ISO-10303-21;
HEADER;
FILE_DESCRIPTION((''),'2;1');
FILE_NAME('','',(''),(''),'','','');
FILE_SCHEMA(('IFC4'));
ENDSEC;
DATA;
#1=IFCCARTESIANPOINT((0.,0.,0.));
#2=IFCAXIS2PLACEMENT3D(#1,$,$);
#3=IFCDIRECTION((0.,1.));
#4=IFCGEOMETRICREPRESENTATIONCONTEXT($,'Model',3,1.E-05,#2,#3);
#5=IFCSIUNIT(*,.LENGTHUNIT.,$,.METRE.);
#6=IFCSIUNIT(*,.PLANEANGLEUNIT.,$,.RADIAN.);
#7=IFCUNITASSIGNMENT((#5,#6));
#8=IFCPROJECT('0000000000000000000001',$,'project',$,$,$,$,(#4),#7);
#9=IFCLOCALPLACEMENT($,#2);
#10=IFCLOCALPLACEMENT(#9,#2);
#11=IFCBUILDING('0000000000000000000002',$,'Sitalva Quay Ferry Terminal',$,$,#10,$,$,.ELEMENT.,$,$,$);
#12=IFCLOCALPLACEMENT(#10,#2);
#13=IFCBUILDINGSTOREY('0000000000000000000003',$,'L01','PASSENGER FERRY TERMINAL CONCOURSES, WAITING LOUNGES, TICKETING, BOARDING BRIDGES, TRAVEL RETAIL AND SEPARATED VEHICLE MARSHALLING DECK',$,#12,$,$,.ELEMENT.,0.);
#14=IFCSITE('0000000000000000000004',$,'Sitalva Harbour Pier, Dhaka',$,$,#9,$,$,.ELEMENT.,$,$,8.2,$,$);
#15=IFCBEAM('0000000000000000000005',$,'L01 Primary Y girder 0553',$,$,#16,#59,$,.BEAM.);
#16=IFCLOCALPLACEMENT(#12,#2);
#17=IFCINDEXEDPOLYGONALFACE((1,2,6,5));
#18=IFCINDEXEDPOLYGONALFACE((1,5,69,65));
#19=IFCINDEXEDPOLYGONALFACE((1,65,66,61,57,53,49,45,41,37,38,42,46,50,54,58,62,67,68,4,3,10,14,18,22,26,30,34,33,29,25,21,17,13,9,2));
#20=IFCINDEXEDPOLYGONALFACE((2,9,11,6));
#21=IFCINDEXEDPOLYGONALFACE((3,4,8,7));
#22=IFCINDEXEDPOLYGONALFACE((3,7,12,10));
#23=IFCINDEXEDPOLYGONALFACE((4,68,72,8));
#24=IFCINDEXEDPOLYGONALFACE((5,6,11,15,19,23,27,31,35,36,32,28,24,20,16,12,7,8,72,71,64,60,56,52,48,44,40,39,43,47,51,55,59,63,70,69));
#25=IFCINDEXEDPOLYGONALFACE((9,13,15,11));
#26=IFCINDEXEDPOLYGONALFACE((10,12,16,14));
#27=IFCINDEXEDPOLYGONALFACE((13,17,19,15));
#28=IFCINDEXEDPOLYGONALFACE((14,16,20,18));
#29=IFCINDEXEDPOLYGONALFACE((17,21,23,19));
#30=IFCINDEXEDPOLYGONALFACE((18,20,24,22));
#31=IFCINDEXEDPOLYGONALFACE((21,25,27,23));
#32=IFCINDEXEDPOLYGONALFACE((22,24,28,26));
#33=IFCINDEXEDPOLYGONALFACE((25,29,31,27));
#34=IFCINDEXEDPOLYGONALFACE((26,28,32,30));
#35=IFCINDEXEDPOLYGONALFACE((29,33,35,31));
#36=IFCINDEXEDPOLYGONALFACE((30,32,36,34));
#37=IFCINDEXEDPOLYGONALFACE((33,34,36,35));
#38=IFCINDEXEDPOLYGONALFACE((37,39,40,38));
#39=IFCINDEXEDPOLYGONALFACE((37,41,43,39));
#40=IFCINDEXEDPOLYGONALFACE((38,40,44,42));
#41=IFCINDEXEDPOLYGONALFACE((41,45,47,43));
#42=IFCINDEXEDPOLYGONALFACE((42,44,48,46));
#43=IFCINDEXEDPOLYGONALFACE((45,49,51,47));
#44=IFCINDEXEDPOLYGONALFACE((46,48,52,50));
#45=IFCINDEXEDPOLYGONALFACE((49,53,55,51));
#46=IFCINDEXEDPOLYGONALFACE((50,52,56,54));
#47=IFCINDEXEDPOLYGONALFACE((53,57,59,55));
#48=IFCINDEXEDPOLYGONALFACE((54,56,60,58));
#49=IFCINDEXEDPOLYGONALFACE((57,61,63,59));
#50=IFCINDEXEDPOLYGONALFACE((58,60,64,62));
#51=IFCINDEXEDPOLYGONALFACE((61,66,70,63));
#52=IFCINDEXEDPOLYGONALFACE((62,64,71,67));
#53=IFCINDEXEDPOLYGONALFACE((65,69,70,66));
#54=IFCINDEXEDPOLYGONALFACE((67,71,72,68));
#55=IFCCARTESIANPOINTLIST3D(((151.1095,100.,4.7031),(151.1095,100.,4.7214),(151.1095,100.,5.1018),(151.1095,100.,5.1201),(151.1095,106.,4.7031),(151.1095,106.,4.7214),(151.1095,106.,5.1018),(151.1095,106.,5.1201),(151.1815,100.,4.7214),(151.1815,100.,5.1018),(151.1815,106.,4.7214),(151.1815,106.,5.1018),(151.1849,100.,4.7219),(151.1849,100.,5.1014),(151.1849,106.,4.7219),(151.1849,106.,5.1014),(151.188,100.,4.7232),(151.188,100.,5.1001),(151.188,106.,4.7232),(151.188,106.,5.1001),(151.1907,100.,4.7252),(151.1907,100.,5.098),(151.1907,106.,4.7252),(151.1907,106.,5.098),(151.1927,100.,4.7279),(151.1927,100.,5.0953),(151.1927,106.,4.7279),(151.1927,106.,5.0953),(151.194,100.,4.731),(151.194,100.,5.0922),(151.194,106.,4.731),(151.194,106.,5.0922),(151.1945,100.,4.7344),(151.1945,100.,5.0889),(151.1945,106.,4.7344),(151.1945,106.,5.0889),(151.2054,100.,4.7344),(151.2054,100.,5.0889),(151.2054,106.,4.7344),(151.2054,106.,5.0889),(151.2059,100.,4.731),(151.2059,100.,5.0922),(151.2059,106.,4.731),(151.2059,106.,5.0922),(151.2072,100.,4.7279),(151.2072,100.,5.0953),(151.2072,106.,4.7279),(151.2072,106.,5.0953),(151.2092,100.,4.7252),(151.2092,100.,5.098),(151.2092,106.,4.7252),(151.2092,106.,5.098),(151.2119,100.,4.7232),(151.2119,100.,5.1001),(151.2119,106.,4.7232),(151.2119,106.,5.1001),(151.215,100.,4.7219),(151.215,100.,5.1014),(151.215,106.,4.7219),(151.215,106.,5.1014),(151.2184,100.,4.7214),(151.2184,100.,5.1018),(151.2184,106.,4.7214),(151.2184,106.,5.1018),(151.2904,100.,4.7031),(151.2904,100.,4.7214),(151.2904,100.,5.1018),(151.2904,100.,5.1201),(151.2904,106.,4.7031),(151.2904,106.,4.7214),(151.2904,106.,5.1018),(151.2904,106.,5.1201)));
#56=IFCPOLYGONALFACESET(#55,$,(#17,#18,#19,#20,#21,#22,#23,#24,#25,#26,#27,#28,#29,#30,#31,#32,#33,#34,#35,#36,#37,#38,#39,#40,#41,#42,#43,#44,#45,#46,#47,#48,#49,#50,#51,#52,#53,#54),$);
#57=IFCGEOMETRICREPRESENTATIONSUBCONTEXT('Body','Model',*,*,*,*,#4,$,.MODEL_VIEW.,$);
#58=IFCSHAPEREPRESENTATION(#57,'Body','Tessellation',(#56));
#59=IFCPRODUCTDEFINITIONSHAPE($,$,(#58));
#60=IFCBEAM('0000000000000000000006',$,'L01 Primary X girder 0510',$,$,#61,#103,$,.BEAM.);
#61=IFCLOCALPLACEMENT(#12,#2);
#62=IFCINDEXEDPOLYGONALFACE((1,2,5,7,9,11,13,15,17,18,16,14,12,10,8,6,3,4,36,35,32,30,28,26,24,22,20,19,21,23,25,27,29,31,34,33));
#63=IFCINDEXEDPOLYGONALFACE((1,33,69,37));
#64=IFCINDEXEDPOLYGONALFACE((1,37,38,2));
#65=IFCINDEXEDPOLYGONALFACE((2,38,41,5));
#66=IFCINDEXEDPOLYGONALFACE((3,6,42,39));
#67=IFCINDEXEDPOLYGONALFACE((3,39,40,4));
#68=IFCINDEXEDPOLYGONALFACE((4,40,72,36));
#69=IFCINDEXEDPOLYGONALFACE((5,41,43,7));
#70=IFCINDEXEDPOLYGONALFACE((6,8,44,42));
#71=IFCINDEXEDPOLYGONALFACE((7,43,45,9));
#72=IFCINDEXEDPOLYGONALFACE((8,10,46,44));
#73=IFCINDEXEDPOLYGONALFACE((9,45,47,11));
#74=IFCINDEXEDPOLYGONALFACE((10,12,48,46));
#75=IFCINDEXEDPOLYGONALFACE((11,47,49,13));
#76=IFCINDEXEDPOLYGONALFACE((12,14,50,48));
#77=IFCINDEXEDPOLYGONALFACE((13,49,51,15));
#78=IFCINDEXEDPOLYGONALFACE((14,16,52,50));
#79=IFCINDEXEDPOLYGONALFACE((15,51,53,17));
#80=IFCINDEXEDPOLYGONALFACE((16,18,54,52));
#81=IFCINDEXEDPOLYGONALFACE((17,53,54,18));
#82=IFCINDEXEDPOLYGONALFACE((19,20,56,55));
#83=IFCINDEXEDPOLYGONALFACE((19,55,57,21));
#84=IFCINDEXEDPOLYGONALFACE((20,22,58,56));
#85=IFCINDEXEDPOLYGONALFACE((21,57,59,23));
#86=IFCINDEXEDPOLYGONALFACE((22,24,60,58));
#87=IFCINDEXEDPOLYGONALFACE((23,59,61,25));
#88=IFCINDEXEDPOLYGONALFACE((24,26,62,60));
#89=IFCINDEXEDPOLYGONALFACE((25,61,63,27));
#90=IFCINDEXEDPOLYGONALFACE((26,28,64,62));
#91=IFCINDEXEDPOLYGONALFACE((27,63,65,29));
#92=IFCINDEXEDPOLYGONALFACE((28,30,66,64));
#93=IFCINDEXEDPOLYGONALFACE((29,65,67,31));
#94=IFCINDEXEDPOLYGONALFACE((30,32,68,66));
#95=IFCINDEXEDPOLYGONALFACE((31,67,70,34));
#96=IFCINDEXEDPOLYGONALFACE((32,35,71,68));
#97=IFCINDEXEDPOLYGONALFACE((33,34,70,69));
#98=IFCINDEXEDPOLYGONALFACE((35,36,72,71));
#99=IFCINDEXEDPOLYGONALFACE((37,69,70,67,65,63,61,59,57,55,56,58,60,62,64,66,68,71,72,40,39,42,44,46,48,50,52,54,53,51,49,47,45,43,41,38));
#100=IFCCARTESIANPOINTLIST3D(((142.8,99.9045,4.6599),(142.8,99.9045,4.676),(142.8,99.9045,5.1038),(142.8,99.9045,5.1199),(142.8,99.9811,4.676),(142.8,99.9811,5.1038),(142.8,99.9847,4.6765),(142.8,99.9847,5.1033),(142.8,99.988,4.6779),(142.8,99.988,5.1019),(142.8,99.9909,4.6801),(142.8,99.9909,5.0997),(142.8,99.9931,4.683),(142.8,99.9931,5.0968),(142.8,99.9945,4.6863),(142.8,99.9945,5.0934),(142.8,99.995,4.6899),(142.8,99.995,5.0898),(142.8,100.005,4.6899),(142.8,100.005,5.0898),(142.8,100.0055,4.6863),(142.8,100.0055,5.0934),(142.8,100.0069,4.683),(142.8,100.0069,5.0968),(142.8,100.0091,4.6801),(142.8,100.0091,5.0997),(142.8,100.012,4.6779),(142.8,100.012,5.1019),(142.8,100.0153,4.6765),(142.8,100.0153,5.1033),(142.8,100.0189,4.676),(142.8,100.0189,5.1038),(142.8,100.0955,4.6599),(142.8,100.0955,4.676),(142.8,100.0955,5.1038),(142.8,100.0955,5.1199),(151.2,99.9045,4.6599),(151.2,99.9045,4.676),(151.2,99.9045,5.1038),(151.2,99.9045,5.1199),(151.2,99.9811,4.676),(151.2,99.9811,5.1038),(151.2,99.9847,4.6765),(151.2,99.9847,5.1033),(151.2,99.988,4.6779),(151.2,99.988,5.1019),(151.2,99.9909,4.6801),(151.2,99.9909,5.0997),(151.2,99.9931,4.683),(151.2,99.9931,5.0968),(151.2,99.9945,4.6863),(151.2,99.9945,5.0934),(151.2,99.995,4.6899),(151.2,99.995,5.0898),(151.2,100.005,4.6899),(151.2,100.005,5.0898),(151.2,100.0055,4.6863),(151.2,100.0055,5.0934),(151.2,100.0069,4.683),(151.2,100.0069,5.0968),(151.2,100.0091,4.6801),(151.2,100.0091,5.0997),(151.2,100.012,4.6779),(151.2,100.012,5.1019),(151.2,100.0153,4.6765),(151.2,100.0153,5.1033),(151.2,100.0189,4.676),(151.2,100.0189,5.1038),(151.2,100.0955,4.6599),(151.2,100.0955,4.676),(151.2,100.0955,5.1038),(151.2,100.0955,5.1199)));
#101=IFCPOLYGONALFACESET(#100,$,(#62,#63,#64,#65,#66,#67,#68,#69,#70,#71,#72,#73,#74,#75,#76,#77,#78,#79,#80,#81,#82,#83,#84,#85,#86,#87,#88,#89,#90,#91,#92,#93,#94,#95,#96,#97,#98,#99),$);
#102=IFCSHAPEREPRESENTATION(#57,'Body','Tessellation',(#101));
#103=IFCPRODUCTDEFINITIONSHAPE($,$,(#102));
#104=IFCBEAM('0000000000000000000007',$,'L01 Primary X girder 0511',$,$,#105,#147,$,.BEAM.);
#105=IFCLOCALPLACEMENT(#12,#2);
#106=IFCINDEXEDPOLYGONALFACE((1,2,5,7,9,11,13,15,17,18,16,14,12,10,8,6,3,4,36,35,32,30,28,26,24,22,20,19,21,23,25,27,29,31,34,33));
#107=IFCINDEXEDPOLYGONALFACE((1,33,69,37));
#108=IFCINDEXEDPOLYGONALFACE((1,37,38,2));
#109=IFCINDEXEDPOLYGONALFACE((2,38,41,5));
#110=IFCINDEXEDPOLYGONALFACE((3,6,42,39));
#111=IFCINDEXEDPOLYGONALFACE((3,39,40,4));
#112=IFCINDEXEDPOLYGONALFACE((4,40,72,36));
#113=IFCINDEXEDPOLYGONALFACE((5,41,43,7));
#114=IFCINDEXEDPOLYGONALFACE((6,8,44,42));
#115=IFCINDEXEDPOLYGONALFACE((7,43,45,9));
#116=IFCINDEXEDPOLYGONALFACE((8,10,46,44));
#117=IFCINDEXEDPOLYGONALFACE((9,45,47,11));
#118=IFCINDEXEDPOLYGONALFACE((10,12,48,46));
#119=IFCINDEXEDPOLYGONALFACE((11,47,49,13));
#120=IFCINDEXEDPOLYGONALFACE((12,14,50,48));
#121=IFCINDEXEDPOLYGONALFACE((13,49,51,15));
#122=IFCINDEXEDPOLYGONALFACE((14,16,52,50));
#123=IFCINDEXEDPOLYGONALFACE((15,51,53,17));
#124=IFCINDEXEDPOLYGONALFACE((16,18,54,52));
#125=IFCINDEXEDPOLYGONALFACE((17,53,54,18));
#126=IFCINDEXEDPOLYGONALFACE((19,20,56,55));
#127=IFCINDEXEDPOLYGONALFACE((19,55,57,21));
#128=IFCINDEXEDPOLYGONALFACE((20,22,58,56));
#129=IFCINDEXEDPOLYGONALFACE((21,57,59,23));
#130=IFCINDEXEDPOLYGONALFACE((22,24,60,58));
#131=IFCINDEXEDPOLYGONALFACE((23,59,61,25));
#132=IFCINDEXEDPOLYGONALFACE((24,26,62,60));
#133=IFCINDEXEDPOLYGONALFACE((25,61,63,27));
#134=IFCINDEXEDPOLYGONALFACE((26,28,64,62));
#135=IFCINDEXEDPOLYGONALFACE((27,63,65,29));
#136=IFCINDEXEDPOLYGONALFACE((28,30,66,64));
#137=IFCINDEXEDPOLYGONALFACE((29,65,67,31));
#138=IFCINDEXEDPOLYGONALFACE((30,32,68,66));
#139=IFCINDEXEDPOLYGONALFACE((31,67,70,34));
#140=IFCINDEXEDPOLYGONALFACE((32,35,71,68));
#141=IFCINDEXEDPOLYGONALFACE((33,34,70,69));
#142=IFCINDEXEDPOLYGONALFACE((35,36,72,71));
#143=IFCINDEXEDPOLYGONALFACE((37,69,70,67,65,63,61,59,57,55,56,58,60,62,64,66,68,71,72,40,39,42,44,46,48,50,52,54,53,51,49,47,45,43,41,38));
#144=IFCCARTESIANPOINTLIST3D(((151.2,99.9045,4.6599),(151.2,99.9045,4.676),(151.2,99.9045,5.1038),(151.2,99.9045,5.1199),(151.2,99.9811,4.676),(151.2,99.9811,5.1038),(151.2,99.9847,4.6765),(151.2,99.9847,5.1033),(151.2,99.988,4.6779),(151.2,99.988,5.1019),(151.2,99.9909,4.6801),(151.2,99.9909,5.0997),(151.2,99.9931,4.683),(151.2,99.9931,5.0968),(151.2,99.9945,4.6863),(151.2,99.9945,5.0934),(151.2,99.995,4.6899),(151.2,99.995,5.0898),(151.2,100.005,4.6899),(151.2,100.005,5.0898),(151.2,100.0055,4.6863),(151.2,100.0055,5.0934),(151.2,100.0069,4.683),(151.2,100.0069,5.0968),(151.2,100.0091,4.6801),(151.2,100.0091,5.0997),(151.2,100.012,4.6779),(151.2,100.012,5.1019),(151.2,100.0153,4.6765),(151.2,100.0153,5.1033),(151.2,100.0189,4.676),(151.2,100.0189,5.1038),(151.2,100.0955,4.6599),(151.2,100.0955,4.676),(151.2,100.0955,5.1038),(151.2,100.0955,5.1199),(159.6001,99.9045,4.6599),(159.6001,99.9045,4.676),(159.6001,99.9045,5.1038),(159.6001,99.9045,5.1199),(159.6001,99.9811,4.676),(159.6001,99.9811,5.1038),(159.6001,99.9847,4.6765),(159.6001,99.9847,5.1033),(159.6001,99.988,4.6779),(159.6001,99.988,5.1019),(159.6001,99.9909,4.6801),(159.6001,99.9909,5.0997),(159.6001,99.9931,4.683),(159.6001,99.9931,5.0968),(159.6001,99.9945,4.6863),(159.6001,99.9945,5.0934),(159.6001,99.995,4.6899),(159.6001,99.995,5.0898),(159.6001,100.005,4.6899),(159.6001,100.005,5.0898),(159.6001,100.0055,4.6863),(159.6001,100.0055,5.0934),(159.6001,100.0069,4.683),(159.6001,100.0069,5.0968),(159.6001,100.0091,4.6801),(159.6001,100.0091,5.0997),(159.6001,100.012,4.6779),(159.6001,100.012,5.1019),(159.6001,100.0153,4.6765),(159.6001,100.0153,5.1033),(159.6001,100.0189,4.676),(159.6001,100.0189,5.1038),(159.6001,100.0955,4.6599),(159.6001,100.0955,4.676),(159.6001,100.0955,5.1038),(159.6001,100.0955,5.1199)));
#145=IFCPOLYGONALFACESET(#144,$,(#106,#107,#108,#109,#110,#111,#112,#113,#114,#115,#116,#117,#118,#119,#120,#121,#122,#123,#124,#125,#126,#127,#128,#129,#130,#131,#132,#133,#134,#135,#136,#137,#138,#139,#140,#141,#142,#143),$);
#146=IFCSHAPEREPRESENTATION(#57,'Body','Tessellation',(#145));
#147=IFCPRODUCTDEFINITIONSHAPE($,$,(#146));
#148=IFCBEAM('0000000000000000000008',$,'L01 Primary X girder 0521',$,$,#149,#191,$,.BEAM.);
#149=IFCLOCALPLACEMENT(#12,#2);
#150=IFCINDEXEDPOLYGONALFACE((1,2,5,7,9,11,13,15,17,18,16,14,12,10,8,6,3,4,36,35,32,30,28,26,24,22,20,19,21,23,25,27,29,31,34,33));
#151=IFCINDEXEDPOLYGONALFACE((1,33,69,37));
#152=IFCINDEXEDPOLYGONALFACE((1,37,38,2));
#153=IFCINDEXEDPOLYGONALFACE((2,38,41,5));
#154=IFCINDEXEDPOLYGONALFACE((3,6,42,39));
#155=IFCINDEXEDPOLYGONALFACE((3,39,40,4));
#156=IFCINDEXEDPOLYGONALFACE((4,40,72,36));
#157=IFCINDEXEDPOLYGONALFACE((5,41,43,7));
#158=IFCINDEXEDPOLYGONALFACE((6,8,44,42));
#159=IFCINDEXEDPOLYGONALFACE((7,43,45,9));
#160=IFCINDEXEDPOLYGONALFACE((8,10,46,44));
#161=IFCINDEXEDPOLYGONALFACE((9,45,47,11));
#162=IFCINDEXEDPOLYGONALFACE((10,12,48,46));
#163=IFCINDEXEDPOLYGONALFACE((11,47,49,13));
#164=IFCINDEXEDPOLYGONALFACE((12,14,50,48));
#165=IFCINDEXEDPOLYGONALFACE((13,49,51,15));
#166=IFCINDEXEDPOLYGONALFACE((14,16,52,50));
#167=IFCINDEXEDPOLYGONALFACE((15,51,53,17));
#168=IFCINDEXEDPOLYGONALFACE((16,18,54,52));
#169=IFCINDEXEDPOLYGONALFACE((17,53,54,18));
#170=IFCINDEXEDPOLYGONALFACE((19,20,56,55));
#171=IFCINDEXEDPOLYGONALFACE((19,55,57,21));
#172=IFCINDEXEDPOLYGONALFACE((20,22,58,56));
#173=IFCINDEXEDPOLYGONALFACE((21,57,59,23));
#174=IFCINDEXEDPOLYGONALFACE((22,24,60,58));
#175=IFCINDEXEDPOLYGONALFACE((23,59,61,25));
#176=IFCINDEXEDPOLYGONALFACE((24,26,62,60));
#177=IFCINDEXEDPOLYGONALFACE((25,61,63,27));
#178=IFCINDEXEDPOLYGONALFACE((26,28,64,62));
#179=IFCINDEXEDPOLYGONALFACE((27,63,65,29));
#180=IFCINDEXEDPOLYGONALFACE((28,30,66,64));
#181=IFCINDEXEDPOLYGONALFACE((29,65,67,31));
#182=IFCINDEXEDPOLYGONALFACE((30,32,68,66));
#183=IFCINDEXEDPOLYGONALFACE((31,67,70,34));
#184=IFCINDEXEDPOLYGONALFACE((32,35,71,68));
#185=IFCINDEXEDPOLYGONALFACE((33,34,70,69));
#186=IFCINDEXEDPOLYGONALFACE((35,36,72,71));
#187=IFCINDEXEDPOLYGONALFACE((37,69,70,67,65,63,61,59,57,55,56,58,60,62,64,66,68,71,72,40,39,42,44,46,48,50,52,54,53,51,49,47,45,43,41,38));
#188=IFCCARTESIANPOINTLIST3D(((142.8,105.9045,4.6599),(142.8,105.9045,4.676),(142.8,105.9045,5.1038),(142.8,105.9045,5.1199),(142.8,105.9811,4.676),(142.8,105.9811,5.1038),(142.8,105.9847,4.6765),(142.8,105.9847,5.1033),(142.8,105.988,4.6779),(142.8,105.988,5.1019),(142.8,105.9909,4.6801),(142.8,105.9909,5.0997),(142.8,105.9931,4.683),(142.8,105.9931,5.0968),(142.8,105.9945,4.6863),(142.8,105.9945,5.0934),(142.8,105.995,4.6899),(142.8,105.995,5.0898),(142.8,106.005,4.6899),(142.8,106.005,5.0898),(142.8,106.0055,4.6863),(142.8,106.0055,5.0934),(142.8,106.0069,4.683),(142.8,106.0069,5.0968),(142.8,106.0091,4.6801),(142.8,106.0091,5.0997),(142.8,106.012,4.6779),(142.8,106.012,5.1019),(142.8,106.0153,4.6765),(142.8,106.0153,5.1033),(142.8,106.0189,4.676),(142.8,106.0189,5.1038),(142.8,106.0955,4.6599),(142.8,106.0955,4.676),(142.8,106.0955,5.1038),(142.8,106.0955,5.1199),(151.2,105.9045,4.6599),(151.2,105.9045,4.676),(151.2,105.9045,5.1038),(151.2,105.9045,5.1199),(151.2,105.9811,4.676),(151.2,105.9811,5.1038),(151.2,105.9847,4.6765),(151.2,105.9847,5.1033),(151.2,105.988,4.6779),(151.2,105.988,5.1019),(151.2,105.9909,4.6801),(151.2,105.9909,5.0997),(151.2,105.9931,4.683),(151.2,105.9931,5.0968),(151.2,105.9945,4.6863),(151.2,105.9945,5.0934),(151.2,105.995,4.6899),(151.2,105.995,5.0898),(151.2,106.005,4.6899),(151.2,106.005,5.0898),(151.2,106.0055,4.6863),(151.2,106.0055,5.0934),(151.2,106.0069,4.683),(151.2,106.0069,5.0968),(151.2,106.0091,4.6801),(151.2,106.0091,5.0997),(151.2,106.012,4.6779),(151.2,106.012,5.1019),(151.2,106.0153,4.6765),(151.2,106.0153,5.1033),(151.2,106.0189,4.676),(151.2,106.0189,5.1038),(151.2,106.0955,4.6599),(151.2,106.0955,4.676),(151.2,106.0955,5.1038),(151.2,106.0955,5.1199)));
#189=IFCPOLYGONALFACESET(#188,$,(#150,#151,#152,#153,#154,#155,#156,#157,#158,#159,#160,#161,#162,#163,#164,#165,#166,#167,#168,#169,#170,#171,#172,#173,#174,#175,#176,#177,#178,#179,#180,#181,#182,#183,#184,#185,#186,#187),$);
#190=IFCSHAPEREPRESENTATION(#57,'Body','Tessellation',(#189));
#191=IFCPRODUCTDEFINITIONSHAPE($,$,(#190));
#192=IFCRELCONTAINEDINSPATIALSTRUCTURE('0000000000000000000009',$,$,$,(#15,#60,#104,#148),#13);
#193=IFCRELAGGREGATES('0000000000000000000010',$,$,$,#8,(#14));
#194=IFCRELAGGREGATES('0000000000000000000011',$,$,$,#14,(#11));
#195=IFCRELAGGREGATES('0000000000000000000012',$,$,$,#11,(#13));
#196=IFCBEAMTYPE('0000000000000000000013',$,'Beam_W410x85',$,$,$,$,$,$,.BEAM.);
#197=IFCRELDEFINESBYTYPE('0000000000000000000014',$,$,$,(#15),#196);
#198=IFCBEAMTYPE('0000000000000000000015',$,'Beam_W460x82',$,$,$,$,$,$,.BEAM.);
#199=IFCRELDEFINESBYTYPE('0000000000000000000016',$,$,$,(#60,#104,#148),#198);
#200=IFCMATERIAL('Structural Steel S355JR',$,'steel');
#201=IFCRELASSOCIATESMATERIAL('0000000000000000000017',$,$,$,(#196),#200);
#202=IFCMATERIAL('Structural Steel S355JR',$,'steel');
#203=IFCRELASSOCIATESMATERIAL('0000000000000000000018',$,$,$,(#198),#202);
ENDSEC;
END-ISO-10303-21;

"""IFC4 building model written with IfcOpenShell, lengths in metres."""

from ifc_helpers import new_model, si_unit, direction, frame, origin, origin_2d, place, context, subcontext, project, spatial, i_section, extrude, material, material_profile, profile_set, type_object, element, save


model = new_model("IFC4")

# Units and contexts
model_context = context("Model", 3, precision=1e-05, world=origin(), true_north=direction((0.0, 1.0)))
body_context = subcontext(model_context, "Body", "Model", "MODEL_VIEW")
ifc_project = project(units=[si_unit("LENGTHUNIT", "METRE"), si_unit("PLANEANGLEUNIT", "RADIAN")], contexts=[model_context])

# Site, building, storey
site_placement = place(None, origin())
site = spatial("IfcSite", under=ifc_project, at=site_placement, Name="Sitalva Harbour Pier, Dhaka", CompositionType="ELEMENT", RefElevation=8.2)
building_placement = place(site_placement, origin())
building = spatial("IfcBuilding", under=site, at=building_placement, Name="Sitalva Quay Ferry Terminal", CompositionType="ELEMENT")
storey_placement = place(building_placement, origin())
storey = spatial("IfcBuildingStorey", under=building, at=storey_placement, Name="L01", Description="PASSENGER FERRY TERMINAL CONCOURSES, WAITING LOUNGES, TICKETING, BOARDING BRIDGES, TRAVEL RETAIL AND SEPARATED VEHICLE MARSHALLING DECK", CompositionType="ELEMENT", Elevation=0.0)

# Beams
ifc_material_1 = material(Name="Structural Steel S355JR", Category="steel")
ifc_material_profile_1 = material_profile(ifc_material_1, i_section(OverallWidth=0.1809, OverallDepth=0.417, WebThickness=0.011, FlangeThickness=0.0183, FilletRadius=0.0129, at=origin_2d()), Name="W410x85")
ifc_profile_set_1 = profile_set([ifc_material_profile_1], Name="Structural Steel S355JR")
beam_type_1 = type_object("IfcBeamType", Name="Beam_W410x85", PredefinedType="BEAM", material=ifc_profile_set_1)
for number, where, z_axis, x_axis, name in (
    (1, (151.2, 100.0, 4.9116), (0.0, 1.0, 0.0), (-1.0, 0.0, 0.0), "L01 Primary Y girder 0553"),
):
    element("IfcBeam", number, at=place(storey_placement, frame(where, z_axis=z_axis, x_axis=x_axis)), inside=storey, type_object=beam_type_1, Name=name, PredefinedType="BEAM", context=body_context, shape_type="SweptSolid", body=[
        extrude(i_section(OverallWidth=0.1809, OverallDepth=0.417, WebThickness=0.011, FlangeThickness=0.0183, FilletRadius=0.0129, at=origin_2d()), origin(), (0.0, 0.0, 1.0), 6.0),
    ])
ifc_material_2 = material(Name="Structural Steel S355JR", Category="steel")
ifc_material_profile_2 = material_profile(ifc_material_2, i_section(OverallWidth=0.1909, OverallDepth=0.46, WebThickness=0.01, FlangeThickness=0.0161, FilletRadius=0.0139, at=origin_2d()), Name="W460x82")
ifc_profile_set_2 = profile_set([ifc_material_profile_2], Name="Structural Steel S355JR")
beam_type_2 = type_object("IfcBeamType", Name="Beam_W460x82", PredefinedType="BEAM", material=ifc_profile_set_2)
beam_1_placement = place(storey_placement, frame((142.8, 100.0, 4.8899), z_axis=(1.0, 0.0, 0.0), x_axis=(0.0, 1.0, 0.0)))
element("IfcBeam", 2, at=beam_1_placement, inside=storey, type_object=beam_type_2, Name="L01 Primary X girder 0510", PredefinedType="BEAM", context=body_context, shape_type="SweptSolid", body=[
    extrude(i_section(OverallWidth=0.1909, OverallDepth=0.46, WebThickness=0.01, FlangeThickness=0.0161, FilletRadius=0.0139, at=origin_2d()), origin(), (0.0, 0.0, 1.0), 8.3999),
])
beam_2_placement = place(storey_placement, frame((151.2, 100.0, 4.8899), z_axis=(1.0, 0.0, 0.0), x_axis=(0.0, 1.0, 0.0)))
element("IfcBeam", 3, at=beam_2_placement, inside=storey, type_object=beam_type_2, Name="L01 Primary X girder 0511", PredefinedType="BEAM", context=body_context, shape_type="SweptSolid", body=[
    extrude(i_section(OverallWidth=0.1909, OverallDepth=0.46, WebThickness=0.01, FlangeThickness=0.0161, FilletRadius=0.0139, at=origin_2d()), origin(), (0.0, 0.0, 1.0), 8.4001),
])
beam_3_placement = place(storey_placement, frame((142.8, 106.0, 4.8899), z_axis=(1.0, 0.0, 0.0), x_axis=(0.0, 1.0, 0.0)))
element("IfcBeam", 4, at=beam_3_placement, inside=storey, type_object=beam_type_2, Name="L01 Primary X girder 0521", PredefinedType="BEAM", context=body_context, shape_type="SweptSolid", body=[
    extrude(i_section(OverallWidth=0.1909, OverallDepth=0.46, WebThickness=0.01, FlangeThickness=0.0161, FilletRadius=0.0139, at=origin_2d()), origin(), (0.0, 0.0, 1.0), 8.3999),
])

save(model, "model.ifc")
